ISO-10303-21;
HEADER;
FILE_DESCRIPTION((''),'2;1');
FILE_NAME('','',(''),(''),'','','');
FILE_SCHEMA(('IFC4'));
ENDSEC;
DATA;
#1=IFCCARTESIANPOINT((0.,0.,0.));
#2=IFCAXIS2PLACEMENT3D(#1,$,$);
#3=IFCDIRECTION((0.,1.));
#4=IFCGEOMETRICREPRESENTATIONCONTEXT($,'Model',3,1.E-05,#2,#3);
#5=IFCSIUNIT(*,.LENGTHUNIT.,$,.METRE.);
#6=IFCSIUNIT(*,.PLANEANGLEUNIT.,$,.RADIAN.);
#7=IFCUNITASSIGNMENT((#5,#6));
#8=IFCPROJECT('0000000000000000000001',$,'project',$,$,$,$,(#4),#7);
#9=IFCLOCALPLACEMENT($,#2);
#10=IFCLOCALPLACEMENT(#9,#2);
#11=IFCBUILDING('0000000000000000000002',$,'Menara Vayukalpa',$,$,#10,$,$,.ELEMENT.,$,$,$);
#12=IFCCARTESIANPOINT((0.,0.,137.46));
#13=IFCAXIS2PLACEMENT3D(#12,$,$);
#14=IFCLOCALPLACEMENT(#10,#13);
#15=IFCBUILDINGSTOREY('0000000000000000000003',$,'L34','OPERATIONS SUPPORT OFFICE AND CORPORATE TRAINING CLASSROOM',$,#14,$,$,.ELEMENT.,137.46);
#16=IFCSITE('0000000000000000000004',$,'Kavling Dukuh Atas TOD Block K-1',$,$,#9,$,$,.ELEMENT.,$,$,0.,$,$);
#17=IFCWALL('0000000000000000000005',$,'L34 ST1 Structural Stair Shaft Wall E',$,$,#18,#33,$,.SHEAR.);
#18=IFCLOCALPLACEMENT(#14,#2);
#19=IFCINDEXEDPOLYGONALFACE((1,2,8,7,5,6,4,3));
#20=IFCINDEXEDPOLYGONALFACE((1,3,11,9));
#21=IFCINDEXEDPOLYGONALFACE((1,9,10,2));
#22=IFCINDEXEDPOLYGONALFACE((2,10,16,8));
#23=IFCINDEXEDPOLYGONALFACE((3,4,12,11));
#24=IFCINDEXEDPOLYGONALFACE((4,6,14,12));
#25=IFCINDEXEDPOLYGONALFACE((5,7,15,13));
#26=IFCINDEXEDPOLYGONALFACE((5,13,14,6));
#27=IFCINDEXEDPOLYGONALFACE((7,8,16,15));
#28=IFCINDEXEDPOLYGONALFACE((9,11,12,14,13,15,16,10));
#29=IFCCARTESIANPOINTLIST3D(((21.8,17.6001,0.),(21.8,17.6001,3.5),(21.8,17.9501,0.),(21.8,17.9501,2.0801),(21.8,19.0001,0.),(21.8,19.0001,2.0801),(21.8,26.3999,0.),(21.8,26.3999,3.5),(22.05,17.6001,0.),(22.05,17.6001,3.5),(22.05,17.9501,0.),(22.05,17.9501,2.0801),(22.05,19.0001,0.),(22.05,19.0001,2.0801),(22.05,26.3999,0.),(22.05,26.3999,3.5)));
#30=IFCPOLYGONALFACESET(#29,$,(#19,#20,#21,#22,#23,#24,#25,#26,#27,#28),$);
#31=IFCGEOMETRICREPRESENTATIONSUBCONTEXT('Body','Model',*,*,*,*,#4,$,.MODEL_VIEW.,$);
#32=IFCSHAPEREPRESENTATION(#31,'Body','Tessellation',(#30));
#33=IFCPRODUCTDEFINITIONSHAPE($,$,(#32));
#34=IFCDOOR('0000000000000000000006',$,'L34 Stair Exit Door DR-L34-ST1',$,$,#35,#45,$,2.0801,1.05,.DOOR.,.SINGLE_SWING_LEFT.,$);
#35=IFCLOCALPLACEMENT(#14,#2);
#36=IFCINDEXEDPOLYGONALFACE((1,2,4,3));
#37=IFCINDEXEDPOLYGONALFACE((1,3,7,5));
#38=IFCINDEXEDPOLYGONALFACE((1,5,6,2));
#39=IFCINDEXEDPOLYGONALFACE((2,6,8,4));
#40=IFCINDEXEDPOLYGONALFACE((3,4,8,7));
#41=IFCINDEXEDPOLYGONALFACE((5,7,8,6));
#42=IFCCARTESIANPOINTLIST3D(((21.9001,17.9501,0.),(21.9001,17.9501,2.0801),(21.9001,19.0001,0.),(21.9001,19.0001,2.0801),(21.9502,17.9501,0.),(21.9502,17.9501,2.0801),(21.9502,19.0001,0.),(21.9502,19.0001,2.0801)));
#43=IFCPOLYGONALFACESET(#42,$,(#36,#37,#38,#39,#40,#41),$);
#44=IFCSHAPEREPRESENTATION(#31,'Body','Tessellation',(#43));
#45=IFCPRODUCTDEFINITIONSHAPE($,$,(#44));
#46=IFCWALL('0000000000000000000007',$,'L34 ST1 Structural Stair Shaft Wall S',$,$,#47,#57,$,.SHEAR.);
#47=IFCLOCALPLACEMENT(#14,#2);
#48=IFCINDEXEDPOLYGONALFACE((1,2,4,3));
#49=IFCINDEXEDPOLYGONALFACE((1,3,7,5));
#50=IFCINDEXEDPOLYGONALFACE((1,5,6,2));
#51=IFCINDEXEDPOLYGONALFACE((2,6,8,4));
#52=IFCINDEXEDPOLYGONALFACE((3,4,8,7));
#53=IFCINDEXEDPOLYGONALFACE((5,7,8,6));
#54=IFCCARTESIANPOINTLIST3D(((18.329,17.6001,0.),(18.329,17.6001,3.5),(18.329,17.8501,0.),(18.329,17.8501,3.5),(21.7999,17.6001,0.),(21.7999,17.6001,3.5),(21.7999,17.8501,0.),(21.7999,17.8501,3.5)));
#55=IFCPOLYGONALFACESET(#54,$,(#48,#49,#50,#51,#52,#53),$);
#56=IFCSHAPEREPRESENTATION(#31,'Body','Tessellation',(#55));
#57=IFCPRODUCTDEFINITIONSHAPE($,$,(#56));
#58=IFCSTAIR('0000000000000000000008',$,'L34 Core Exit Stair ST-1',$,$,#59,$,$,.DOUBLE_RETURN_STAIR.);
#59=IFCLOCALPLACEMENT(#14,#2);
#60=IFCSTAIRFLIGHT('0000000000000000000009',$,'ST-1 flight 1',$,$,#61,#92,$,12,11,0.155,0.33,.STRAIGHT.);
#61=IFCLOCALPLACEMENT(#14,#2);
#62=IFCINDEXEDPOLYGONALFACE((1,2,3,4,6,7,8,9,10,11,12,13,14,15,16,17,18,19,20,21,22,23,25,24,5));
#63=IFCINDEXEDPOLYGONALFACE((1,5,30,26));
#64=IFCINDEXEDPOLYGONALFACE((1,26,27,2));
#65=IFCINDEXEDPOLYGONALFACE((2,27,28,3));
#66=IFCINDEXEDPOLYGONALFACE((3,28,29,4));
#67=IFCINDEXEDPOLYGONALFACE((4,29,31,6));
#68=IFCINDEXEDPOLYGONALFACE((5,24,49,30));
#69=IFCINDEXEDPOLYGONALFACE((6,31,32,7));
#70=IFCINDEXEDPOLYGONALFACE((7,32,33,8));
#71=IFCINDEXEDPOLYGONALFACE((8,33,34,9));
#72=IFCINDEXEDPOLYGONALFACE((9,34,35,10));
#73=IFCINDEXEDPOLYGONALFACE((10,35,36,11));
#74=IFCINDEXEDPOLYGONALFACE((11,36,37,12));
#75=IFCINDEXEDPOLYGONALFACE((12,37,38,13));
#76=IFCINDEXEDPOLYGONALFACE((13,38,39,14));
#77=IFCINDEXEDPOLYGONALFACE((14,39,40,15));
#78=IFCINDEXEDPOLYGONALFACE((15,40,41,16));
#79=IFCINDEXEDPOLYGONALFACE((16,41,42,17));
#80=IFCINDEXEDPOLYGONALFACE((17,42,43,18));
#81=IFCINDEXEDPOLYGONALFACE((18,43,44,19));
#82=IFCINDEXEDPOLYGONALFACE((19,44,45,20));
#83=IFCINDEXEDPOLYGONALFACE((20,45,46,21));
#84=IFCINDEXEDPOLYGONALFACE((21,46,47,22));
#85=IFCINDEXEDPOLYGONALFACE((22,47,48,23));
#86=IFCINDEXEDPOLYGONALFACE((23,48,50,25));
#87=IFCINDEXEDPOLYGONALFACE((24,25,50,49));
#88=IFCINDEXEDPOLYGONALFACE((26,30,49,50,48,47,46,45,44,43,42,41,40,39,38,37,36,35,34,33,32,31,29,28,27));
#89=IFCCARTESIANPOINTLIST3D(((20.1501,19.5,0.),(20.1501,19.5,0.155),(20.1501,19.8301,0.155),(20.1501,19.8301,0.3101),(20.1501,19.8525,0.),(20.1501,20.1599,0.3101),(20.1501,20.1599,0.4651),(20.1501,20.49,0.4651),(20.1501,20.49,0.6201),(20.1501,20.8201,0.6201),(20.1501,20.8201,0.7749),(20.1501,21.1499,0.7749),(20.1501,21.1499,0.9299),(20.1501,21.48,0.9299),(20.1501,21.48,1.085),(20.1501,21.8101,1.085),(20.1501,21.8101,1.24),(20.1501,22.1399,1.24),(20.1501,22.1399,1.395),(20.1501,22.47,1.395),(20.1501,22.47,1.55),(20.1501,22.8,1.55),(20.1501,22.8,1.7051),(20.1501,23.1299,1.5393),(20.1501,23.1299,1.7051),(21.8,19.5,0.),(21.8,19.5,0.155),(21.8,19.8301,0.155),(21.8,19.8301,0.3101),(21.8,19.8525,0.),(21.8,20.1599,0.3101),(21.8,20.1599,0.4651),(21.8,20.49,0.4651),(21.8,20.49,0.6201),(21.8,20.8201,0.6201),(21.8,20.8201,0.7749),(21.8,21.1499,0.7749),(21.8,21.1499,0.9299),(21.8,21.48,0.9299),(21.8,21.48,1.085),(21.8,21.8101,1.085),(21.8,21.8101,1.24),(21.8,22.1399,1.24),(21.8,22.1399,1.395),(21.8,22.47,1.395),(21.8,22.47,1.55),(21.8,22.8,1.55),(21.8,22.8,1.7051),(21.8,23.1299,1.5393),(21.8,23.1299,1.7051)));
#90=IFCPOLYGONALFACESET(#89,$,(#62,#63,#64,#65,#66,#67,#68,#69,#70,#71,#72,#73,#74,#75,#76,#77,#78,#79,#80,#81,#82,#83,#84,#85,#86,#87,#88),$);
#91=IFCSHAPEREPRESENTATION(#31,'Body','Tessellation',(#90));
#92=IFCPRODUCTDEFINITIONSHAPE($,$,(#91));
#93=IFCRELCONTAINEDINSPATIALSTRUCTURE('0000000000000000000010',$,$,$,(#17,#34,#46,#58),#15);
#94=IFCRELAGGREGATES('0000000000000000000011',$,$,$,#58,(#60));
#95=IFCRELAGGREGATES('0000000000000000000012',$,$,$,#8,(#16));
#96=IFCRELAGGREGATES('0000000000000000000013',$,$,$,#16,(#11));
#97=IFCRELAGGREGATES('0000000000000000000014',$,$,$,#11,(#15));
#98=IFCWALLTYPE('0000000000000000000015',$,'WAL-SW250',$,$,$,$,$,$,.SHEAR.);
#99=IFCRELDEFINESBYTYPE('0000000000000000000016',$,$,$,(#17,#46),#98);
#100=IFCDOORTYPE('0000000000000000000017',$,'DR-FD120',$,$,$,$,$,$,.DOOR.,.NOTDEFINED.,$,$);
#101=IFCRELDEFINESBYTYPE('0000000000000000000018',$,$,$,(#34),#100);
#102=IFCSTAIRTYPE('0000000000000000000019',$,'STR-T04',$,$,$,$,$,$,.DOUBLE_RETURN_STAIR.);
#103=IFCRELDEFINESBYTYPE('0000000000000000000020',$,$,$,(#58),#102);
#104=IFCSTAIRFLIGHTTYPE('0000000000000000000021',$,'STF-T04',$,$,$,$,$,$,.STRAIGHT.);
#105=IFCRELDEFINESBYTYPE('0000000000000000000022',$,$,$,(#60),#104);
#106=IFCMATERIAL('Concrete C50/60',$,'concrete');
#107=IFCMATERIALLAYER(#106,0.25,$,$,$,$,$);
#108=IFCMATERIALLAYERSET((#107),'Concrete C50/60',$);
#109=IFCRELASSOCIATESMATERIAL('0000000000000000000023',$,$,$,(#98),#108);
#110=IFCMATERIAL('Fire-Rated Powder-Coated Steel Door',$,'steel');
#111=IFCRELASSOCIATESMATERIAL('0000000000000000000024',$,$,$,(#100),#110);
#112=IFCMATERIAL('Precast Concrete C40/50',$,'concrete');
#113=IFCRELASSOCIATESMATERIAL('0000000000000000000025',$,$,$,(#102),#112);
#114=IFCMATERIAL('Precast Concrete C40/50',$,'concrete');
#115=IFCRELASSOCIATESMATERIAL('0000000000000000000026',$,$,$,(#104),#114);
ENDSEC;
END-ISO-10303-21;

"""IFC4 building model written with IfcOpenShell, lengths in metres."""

from ifc_helpers import new_model, si_unit, direction, frame, frame_2d, origin, place, context, subcontext, project, spatial, polyline, rectangle, outline, extrude, material, layer, layer_set, type_object, element, fill, aggregate, save


model = new_model("IFC4")

# Units and contexts
model_context = context("Model", 3, precision=1e-05, world=origin(), true_north=direction((0.0, 1.0)))
body_context = subcontext(model_context, "Body", "Model", "MODEL_VIEW")
ifc_project = project(units=[si_unit("LENGTHUNIT", "METRE"), si_unit("PLANEANGLEUNIT", "RADIAN")], contexts=[model_context])

# Site, building, storey
site_placement = place(None, origin())
site = spatial("IfcSite", under=ifc_project, at=site_placement, Name="Kavling Dukuh Atas TOD Block K-1", CompositionType="ELEMENT", RefElevation=0.0)
building_placement = place(site_placement, origin())
building = spatial("IfcBuilding", under=site, at=building_placement, Name="Menara Vayukalpa", CompositionType="ELEMENT")
storey_placement = place(building_placement, frame((0.0, 0.0, 137.46)))
storey = spatial("IfcBuildingStorey", under=building, at=storey_placement, Name="L34", Description="OPERATIONS SUPPORT OFFICE AND CORPORATE TRAINING CLASSROOM", CompositionType="ELEMENT", Elevation=137.46)

# Shared definitions
ifc_material_1 = material(Name="Concrete C50/60", Category="concrete")
ifc_layer_1 = layer(ifc_material_1, 0.25)
ifc_layer_set_1 = layer_set([ifc_layer_1], Name="Concrete C50/60")
wall_type_1 = type_object("IfcWallType", Name="WAL-SW250", PredefinedType="SHEAR", material=ifc_layer_set_1)

# Wall, opening, door
wall_1_placement = place(storey_placement, frame((21.925, 17.6001, 0.0), z_axis=(0.0, 0.0, 1.0), x_axis=(0.0, 1.0, 0.0)))
wall_1 = element("IfcWall", 1, at=wall_1_placement, inside=storey, type_object=wall_type_1, Name="L34 ST1 Structural Stair Shaft Wall E", PredefinedType="SHEAR", context=body_context, shape_type="SweptSolid", body=[
    extrude(rectangle(XDim=8.7998, YDim=0.25, at=frame_2d((4.3999, 0.0))), origin(), (0.0, 0.0, 1.0), 3.5),
])
opening_placement = place(wall_1_placement, frame((0.3501, 0.0, 0.0)))
opening = element("IfcOpeningElement", 2, at=opening_placement, cuts=wall_1, PredefinedType="OPENING", context=body_context, shape_type="SweptSolid", body=[
    extrude(rectangle(XDim=1.05, YDim=2.0801, at=frame_2d((0.5249, 1.04))), frame((0.0, 0.135, 0.0), z_axis=(0.0, -1.0, 0.0), x_axis=(1.0, 0.0, 0.0)), (0.0, 0.0, 1.0), 0.27),
])
ifc_material_2 = material(Name="Fire-Rated Powder-Coated Steel Door", Category="steel")
door_type = type_object("IfcDoorType", Name="DR-FD120", OperationType="NOTDEFINED", PredefinedType="DOOR", material=ifc_material_2)
door_placement = place(opening_placement, origin())
door = element("IfcDoor", 3, at=door_placement, inside=storey, type_object=door_type, Name="L34 Stair Exit Door DR-L34-ST1", OperationType="SINGLE_SWING_LEFT", OverallHeight=2.0801, OverallWidth=1.05, PredefinedType="DOOR", context=body_context, shape_type="SweptSolid", body=[
    extrude(rectangle(XDim=1.05, YDim=2.0801, at=frame_2d((0.5249, 1.04))), frame((0.0, 0.0249, 0.0), z_axis=(0.0, -1.0, 0.0), x_axis=(1.0, 0.0, 0.0)), (0.0, 0.0, 1.0), 0.05),
])
fill(opening, door)

# Wall
wall_2_placement = place(storey_placement, frame((18.3291, 17.7251, 0.0), z_axis=(0.0, 0.0, 1.0), x_axis=(1.0, 0.0, 0.0)))
element("IfcWall", 4, at=wall_2_placement, inside=storey, type_object=wall_type_1, Name="L34 ST1 Structural Stair Shaft Wall S", PredefinedType="SHEAR", context=body_context, shape_type="SweptSolid", body=[
    extrude(rectangle(XDim=3.4709, YDim=0.25, at=frame_2d((1.7354, 0.0))), origin(), (0.0, 0.0, 1.0), 3.5),
])

# Stair, stair flight
ifc_material_3 = material(Name="Precast Concrete C40/50", Category="concrete")
stair_type = type_object("IfcStairType", Name="STR-T04", PredefinedType="DOUBLE_RETURN_STAIR", material=ifc_material_3)
stair_placement = place(storey_placement, origin())
stair = element("IfcStair", 5, at=stair_placement, inside=storey, type_object=stair_type, Name="L34 Core Exit Stair ST-1", PredefinedType="DOUBLE_RETURN_STAIR")
ifc_material_4 = material(Name="Precast Concrete C40/50", Category="concrete")
stair_flight_type = type_object("IfcStairFlightType", Name="STF-T04", PredefinedType="STRAIGHT", material=ifc_material_4)
stair_flight_placement = place(storey_placement, frame((20.9751, 19.5, 0.0), z_axis=(0.0, 0.0, 1.0), x_axis=(0.0, 1.0, 0.0)))
stair_flight = element("IfcStairFlight", 6, at=stair_flight_placement, type_object=stair_flight_type, Name="ST-1 flight 1", NumberOfRisers=12, NumberOfTreads=11, PredefinedType="STRAIGHT", RiserHeight=0.155, TreadLength=0.33, context=body_context, shape_type="SweptSolid", body=[
    extrude(outline(polyline([(0.0, 0.0), (0.0, 0.155), (0.3301, 0.155), (0.3301, 0.3101), (0.6599, 0.3101), (0.6599, 0.4651), (0.99, 0.4651), (0.99, 0.6201), (1.3201, 0.6201), (1.3201, 0.7749), (1.6499, 0.7749), (1.6499, 0.9299), (1.98, 0.9299), (1.98, 1.085), (2.3101, 1.085), (2.3101, 1.24), (2.6399, 1.24), (2.6399, 1.395), (2.97, 1.395), (2.97, 1.55), (3.3, 1.55), (3.3, 1.7051), (3.6299, 1.7051), (3.6299, 1.8601), (3.6299, 1.5393), (0.3525, 0.0), (0.0, 0.0)])), frame((0.0, 0.825, 0.0), z_axis=(0.0, -1.0, 0.0), x_axis=(1.0, 0.0, 0.0)), (0.0, 0.0, 1.0), 1.6499),
])
aggregate(stair, [stair_flight])

save(model, "model.ifc")
